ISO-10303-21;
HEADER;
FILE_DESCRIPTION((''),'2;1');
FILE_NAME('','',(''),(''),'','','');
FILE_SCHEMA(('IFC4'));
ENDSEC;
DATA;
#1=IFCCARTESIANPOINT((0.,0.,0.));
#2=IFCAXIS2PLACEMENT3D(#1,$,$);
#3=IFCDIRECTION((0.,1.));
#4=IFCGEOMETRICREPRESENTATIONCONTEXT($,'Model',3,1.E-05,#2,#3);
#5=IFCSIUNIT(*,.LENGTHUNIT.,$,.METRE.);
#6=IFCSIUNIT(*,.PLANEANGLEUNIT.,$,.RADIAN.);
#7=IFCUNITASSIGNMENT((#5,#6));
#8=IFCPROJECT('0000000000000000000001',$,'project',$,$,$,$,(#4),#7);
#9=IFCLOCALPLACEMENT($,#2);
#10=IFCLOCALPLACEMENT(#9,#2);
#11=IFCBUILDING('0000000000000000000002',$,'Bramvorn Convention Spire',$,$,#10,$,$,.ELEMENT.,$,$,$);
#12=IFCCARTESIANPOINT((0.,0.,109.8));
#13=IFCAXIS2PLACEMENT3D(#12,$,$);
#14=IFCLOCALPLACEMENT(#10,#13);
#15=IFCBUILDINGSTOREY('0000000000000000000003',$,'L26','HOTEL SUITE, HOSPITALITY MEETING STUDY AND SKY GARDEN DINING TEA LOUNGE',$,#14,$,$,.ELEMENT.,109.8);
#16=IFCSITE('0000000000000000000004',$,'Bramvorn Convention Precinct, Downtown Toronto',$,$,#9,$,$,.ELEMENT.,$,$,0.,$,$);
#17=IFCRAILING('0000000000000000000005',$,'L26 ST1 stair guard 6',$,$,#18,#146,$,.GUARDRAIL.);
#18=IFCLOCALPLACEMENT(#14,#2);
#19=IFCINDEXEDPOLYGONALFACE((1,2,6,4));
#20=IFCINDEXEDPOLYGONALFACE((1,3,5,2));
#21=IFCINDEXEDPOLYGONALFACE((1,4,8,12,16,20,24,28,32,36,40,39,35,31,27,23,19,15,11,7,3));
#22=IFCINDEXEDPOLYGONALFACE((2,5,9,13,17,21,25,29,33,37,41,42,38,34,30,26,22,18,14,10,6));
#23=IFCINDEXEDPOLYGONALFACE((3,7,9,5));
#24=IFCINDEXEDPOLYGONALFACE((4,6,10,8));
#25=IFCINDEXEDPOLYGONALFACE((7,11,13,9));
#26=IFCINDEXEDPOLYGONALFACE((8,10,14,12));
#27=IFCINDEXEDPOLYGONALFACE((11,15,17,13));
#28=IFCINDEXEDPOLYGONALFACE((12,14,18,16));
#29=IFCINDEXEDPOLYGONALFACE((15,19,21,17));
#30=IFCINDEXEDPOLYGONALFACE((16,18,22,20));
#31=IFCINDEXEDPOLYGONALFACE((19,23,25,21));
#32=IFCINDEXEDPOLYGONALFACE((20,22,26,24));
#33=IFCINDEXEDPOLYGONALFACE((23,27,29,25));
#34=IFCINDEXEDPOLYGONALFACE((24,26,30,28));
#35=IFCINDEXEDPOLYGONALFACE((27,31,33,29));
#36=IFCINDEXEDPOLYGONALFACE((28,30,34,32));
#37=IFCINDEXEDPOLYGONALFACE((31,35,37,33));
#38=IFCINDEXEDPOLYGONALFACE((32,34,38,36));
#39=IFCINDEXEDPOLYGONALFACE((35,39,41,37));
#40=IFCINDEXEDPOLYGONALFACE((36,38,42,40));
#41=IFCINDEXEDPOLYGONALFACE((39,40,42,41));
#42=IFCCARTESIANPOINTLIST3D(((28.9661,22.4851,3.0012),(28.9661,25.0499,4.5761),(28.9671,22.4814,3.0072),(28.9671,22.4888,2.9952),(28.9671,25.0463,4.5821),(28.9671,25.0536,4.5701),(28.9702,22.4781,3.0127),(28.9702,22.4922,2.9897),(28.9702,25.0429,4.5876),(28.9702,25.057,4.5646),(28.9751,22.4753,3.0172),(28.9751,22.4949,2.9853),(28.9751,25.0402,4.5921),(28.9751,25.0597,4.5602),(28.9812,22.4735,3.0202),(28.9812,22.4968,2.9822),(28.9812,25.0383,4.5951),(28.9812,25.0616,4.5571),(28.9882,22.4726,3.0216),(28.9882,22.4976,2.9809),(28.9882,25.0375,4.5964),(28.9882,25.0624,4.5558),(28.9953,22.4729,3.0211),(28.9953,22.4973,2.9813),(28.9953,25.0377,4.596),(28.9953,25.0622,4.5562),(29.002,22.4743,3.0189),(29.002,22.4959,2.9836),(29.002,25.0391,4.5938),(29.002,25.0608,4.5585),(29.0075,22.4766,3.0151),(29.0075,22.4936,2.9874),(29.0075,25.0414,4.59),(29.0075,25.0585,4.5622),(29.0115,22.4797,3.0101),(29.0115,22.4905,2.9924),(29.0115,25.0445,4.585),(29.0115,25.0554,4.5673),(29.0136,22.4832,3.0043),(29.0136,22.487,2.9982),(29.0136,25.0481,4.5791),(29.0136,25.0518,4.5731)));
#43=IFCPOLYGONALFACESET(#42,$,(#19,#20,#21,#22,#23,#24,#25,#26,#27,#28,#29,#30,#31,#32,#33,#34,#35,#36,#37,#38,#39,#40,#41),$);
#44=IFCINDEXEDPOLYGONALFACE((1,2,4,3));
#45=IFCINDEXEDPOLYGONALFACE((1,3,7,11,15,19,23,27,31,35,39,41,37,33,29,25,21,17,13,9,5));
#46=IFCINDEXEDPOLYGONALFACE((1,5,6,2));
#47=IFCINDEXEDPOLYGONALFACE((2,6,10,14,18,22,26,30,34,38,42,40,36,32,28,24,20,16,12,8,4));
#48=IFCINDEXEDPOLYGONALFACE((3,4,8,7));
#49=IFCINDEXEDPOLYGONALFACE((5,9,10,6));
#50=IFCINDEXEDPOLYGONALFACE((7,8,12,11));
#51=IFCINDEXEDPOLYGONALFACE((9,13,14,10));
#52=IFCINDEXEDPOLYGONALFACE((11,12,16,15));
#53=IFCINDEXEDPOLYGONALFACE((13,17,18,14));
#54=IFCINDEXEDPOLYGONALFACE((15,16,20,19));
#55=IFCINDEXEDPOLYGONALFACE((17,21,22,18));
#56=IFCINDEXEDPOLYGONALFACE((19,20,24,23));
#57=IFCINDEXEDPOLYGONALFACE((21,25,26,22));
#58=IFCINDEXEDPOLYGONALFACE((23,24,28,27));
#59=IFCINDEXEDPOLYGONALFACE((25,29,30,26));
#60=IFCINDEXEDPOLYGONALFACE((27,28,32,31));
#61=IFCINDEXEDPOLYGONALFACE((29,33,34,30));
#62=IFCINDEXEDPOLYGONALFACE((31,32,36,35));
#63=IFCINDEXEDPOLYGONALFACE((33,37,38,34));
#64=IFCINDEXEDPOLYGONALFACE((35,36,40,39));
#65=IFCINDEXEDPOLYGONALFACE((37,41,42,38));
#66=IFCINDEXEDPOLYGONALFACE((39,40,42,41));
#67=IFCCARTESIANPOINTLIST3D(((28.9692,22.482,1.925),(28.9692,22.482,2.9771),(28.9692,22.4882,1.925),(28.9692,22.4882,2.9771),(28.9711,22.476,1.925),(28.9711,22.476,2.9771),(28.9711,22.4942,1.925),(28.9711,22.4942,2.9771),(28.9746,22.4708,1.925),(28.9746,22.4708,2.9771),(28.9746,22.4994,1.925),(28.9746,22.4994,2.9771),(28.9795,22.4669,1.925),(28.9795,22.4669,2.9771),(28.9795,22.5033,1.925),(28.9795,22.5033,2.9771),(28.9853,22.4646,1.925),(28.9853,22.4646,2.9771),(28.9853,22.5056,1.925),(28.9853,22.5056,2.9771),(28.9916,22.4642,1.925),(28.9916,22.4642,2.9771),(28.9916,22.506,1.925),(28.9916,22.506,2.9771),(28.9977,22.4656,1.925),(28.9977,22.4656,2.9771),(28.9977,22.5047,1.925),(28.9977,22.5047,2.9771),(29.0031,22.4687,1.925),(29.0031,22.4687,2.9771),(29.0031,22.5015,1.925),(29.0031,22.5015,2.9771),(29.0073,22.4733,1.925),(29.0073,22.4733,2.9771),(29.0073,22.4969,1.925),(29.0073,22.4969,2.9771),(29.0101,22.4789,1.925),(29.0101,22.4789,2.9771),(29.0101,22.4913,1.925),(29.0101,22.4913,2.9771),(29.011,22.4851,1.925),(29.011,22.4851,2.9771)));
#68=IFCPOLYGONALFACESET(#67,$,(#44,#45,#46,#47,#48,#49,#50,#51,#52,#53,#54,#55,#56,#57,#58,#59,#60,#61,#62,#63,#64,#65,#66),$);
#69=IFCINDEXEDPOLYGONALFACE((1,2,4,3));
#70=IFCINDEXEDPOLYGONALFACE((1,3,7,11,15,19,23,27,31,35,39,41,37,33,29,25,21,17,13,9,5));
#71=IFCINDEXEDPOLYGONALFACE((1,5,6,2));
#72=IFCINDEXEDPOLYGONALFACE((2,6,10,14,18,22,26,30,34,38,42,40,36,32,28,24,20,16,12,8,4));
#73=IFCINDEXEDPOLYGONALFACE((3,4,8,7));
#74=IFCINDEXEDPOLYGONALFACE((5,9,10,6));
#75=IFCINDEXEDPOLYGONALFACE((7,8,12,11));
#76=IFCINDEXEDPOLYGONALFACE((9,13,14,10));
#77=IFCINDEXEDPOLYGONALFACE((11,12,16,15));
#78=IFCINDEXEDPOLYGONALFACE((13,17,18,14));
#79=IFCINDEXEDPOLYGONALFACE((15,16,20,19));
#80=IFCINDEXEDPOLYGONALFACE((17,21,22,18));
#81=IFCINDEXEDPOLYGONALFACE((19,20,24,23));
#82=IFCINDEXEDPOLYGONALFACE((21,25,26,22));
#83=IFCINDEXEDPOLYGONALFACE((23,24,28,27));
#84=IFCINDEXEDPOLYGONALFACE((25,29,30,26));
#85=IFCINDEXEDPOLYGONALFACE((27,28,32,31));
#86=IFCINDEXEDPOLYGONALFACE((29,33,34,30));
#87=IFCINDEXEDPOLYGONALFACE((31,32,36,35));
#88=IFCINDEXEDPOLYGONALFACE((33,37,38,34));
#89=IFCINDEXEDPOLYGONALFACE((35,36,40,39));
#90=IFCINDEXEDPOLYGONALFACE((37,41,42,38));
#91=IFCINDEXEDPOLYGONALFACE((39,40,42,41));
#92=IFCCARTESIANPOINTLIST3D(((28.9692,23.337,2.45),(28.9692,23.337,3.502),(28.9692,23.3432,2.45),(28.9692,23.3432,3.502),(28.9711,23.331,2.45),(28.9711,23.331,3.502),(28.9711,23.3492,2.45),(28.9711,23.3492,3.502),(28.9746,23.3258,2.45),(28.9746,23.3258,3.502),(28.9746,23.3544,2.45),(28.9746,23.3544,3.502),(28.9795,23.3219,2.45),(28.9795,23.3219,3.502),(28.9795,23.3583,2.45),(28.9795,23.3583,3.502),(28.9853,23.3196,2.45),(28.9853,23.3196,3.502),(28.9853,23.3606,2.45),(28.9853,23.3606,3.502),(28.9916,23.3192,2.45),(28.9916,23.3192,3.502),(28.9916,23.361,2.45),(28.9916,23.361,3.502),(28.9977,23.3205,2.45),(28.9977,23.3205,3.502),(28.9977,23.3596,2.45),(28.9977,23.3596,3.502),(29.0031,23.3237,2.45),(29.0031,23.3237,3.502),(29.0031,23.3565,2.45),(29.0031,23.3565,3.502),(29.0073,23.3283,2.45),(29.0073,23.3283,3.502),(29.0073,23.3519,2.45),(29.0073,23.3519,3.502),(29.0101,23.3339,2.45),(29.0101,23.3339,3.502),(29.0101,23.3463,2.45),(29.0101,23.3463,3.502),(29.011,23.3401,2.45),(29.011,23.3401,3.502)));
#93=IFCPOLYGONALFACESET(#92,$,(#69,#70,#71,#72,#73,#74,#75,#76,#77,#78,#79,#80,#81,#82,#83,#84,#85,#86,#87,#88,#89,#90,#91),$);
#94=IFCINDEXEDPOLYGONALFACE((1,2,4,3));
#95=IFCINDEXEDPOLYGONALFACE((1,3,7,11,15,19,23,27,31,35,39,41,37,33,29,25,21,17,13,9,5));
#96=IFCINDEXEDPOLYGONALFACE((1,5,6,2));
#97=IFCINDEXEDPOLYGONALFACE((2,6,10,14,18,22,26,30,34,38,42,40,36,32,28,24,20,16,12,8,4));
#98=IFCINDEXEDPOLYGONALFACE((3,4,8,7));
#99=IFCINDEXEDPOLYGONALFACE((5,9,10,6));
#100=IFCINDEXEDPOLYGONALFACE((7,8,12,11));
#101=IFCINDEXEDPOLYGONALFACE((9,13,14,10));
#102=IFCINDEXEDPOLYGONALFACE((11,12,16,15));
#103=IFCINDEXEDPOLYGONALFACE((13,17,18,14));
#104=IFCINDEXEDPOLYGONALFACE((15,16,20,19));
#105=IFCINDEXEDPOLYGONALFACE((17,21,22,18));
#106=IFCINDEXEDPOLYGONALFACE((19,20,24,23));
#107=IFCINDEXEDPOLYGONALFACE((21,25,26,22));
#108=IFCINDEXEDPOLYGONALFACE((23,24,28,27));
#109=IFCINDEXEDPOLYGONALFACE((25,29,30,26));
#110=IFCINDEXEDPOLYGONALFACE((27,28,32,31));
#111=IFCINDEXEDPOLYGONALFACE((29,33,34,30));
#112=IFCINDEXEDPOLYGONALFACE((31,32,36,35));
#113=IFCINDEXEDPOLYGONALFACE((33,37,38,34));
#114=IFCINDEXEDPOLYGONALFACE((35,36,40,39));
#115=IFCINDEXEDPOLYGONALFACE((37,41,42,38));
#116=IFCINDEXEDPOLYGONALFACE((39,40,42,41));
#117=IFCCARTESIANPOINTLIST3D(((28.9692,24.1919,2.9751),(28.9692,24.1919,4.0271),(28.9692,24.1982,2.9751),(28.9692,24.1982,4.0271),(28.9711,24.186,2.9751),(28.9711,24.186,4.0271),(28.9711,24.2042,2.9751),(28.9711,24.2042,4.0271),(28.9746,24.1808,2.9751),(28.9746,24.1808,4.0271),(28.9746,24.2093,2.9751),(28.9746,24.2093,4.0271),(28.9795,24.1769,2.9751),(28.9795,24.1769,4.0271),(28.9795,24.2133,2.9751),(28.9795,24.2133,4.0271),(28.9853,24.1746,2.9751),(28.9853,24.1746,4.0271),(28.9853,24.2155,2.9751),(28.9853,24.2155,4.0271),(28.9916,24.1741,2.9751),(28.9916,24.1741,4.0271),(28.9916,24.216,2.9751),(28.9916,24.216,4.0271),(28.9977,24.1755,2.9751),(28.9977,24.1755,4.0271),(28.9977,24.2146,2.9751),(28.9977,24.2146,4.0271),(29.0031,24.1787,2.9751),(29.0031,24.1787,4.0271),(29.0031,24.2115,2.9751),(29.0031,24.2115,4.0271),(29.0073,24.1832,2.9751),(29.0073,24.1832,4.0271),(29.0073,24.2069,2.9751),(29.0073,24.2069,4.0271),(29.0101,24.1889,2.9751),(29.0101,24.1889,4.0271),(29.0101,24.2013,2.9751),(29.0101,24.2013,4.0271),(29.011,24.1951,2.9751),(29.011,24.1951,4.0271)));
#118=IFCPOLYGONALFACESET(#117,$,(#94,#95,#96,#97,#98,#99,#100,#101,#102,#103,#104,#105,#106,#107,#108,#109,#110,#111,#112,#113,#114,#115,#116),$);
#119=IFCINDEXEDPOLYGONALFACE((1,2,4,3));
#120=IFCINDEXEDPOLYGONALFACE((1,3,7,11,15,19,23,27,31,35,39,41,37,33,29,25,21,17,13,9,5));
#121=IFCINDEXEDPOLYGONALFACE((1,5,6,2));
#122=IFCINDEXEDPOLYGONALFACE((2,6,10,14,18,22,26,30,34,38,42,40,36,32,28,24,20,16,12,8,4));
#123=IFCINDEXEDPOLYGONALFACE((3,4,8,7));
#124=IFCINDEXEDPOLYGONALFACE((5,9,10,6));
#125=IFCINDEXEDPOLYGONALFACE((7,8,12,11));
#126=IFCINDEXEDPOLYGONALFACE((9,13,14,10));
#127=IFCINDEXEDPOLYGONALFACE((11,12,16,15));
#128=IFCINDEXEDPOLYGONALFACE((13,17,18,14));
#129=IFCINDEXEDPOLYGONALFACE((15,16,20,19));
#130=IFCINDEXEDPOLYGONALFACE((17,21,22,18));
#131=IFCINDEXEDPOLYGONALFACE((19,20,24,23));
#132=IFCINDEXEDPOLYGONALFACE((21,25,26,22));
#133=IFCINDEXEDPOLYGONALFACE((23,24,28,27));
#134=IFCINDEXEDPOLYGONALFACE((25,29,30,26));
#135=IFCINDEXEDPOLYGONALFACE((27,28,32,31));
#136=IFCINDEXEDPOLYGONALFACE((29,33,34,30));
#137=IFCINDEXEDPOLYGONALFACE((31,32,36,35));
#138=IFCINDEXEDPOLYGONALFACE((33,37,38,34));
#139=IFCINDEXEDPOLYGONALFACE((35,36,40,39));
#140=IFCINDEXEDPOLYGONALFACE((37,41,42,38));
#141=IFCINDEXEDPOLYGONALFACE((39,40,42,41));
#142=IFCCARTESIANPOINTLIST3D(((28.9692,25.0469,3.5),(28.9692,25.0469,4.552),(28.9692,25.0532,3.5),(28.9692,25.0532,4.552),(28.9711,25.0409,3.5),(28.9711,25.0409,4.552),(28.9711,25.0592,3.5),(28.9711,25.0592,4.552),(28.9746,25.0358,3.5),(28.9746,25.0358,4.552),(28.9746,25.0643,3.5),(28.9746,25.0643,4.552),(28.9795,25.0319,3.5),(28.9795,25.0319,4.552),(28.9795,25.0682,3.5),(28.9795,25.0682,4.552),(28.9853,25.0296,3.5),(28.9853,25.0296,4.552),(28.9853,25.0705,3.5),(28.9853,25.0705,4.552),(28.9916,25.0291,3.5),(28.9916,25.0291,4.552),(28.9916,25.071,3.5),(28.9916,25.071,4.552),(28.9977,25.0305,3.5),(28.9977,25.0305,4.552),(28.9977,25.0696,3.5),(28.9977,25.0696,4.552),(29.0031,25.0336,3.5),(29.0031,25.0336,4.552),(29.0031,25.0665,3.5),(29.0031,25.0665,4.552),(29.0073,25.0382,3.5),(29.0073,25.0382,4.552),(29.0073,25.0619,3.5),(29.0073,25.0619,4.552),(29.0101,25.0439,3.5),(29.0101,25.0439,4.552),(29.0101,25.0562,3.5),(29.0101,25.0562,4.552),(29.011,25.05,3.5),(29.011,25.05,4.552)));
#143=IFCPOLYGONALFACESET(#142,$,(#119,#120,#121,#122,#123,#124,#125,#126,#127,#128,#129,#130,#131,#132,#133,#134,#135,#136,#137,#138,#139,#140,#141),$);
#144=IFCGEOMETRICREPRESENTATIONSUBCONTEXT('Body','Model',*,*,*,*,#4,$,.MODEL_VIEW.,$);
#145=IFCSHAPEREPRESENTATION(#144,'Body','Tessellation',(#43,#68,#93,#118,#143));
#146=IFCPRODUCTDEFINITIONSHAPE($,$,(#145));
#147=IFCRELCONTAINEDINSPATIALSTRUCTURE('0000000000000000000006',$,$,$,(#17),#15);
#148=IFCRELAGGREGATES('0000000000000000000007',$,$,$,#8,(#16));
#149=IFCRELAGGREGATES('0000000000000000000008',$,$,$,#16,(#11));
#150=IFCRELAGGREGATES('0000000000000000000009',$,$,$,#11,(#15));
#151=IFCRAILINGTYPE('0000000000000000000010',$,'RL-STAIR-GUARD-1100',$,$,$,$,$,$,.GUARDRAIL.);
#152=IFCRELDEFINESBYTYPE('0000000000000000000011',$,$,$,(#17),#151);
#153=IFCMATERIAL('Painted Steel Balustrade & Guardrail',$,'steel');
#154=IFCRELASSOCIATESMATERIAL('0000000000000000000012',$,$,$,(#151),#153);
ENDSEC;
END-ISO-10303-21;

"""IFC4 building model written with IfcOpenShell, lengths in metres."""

from ifc_helpers import new_model, si_unit, direction, frame, origin, origin_2d, place, context, subcontext, project, spatial, circle, extrude, material, type_object, element, save


model = new_model("IFC4")

# Units and contexts
model_context = context("Model", 3, precision=1e-05, world=origin(), true_north=direction((0.0, 1.0)))
body_context = subcontext(model_context, "Body", "Model", "MODEL_VIEW")
ifc_project = project(units=[si_unit("LENGTHUNIT", "METRE"), si_unit("PLANEANGLEUNIT", "RADIAN")], contexts=[model_context])

# Site, building, storey
site_placement = place(None, origin())
site = spatial("IfcSite", under=ifc_project, at=site_placement, Name="Bramvorn Convention Precinct, Downtown Toronto", CompositionType="ELEMENT", RefElevation=0.0)
building_placement = place(site_placement, origin())
building = spatial("IfcBuilding", under=site, at=building_placement, Name="Bramvorn Convention Spire", CompositionType="ELEMENT")
storey_placement = place(building_placement, frame((0.0, 0.0, 109.8)))
storey = spatial("IfcBuildingStorey", under=building, at=storey_placement, Name="L26", Description="HOTEL SUITE, HOSPITALITY MEETING STUDY AND SKY GARDEN DINING TEA LOUNGE", CompositionType="ELEMENT", Elevation=109.8)

# Railing
ifc_material_1 = material(Name="Painted Steel Balustrade & Guardrail", Category="steel")
railing_type_1 = type_object("IfcRailingType", Name="RL-STAIR-GUARD-1100", PredefinedType="GUARDRAIL", material=ifc_material_1)
railing_1_placement = place(storey_placement, frame((28.99, 22.4851, 1.925)))
element("IfcRailing", 1, at=railing_1_placement, inside=storey, type_object=railing_type_1, Name="L26 ST1 stair guard 6", PredefinedType="GUARDRAIL", context=body_context, shape_type="SweptSolid", body=[
    extrude(circle(Radius=0.0239, at=origin_2d()), frame((0.0, 0.0, 1.0762), z_axis=(0.0, 0.852173, 0.52326), x_axis=(-1.0, 0.0, 0.0)), (0.0, 0.0, 1.0), 3.0098),
    extrude(circle(Radius=0.021, at=origin_2d()), origin(), (0.0, 0.0, 1.0), 1.052),
    extrude(circle(Radius=0.021, at=origin_2d()), frame((0.0, 0.855, 0.5249)), (0.0, 0.0, 1.0), 1.052),
    extrude(circle(Radius=0.021, at=origin_2d()), frame((0.0, 1.71, 1.05)), (0.0, 0.0, 1.0), 1.052),
    extrude(circle(Radius=0.021, at=origin_2d()), frame((0.0, 2.5649, 1.575)), (0.0, 0.0, 1.0), 1.052),
])

save(model, "model.ifc")
